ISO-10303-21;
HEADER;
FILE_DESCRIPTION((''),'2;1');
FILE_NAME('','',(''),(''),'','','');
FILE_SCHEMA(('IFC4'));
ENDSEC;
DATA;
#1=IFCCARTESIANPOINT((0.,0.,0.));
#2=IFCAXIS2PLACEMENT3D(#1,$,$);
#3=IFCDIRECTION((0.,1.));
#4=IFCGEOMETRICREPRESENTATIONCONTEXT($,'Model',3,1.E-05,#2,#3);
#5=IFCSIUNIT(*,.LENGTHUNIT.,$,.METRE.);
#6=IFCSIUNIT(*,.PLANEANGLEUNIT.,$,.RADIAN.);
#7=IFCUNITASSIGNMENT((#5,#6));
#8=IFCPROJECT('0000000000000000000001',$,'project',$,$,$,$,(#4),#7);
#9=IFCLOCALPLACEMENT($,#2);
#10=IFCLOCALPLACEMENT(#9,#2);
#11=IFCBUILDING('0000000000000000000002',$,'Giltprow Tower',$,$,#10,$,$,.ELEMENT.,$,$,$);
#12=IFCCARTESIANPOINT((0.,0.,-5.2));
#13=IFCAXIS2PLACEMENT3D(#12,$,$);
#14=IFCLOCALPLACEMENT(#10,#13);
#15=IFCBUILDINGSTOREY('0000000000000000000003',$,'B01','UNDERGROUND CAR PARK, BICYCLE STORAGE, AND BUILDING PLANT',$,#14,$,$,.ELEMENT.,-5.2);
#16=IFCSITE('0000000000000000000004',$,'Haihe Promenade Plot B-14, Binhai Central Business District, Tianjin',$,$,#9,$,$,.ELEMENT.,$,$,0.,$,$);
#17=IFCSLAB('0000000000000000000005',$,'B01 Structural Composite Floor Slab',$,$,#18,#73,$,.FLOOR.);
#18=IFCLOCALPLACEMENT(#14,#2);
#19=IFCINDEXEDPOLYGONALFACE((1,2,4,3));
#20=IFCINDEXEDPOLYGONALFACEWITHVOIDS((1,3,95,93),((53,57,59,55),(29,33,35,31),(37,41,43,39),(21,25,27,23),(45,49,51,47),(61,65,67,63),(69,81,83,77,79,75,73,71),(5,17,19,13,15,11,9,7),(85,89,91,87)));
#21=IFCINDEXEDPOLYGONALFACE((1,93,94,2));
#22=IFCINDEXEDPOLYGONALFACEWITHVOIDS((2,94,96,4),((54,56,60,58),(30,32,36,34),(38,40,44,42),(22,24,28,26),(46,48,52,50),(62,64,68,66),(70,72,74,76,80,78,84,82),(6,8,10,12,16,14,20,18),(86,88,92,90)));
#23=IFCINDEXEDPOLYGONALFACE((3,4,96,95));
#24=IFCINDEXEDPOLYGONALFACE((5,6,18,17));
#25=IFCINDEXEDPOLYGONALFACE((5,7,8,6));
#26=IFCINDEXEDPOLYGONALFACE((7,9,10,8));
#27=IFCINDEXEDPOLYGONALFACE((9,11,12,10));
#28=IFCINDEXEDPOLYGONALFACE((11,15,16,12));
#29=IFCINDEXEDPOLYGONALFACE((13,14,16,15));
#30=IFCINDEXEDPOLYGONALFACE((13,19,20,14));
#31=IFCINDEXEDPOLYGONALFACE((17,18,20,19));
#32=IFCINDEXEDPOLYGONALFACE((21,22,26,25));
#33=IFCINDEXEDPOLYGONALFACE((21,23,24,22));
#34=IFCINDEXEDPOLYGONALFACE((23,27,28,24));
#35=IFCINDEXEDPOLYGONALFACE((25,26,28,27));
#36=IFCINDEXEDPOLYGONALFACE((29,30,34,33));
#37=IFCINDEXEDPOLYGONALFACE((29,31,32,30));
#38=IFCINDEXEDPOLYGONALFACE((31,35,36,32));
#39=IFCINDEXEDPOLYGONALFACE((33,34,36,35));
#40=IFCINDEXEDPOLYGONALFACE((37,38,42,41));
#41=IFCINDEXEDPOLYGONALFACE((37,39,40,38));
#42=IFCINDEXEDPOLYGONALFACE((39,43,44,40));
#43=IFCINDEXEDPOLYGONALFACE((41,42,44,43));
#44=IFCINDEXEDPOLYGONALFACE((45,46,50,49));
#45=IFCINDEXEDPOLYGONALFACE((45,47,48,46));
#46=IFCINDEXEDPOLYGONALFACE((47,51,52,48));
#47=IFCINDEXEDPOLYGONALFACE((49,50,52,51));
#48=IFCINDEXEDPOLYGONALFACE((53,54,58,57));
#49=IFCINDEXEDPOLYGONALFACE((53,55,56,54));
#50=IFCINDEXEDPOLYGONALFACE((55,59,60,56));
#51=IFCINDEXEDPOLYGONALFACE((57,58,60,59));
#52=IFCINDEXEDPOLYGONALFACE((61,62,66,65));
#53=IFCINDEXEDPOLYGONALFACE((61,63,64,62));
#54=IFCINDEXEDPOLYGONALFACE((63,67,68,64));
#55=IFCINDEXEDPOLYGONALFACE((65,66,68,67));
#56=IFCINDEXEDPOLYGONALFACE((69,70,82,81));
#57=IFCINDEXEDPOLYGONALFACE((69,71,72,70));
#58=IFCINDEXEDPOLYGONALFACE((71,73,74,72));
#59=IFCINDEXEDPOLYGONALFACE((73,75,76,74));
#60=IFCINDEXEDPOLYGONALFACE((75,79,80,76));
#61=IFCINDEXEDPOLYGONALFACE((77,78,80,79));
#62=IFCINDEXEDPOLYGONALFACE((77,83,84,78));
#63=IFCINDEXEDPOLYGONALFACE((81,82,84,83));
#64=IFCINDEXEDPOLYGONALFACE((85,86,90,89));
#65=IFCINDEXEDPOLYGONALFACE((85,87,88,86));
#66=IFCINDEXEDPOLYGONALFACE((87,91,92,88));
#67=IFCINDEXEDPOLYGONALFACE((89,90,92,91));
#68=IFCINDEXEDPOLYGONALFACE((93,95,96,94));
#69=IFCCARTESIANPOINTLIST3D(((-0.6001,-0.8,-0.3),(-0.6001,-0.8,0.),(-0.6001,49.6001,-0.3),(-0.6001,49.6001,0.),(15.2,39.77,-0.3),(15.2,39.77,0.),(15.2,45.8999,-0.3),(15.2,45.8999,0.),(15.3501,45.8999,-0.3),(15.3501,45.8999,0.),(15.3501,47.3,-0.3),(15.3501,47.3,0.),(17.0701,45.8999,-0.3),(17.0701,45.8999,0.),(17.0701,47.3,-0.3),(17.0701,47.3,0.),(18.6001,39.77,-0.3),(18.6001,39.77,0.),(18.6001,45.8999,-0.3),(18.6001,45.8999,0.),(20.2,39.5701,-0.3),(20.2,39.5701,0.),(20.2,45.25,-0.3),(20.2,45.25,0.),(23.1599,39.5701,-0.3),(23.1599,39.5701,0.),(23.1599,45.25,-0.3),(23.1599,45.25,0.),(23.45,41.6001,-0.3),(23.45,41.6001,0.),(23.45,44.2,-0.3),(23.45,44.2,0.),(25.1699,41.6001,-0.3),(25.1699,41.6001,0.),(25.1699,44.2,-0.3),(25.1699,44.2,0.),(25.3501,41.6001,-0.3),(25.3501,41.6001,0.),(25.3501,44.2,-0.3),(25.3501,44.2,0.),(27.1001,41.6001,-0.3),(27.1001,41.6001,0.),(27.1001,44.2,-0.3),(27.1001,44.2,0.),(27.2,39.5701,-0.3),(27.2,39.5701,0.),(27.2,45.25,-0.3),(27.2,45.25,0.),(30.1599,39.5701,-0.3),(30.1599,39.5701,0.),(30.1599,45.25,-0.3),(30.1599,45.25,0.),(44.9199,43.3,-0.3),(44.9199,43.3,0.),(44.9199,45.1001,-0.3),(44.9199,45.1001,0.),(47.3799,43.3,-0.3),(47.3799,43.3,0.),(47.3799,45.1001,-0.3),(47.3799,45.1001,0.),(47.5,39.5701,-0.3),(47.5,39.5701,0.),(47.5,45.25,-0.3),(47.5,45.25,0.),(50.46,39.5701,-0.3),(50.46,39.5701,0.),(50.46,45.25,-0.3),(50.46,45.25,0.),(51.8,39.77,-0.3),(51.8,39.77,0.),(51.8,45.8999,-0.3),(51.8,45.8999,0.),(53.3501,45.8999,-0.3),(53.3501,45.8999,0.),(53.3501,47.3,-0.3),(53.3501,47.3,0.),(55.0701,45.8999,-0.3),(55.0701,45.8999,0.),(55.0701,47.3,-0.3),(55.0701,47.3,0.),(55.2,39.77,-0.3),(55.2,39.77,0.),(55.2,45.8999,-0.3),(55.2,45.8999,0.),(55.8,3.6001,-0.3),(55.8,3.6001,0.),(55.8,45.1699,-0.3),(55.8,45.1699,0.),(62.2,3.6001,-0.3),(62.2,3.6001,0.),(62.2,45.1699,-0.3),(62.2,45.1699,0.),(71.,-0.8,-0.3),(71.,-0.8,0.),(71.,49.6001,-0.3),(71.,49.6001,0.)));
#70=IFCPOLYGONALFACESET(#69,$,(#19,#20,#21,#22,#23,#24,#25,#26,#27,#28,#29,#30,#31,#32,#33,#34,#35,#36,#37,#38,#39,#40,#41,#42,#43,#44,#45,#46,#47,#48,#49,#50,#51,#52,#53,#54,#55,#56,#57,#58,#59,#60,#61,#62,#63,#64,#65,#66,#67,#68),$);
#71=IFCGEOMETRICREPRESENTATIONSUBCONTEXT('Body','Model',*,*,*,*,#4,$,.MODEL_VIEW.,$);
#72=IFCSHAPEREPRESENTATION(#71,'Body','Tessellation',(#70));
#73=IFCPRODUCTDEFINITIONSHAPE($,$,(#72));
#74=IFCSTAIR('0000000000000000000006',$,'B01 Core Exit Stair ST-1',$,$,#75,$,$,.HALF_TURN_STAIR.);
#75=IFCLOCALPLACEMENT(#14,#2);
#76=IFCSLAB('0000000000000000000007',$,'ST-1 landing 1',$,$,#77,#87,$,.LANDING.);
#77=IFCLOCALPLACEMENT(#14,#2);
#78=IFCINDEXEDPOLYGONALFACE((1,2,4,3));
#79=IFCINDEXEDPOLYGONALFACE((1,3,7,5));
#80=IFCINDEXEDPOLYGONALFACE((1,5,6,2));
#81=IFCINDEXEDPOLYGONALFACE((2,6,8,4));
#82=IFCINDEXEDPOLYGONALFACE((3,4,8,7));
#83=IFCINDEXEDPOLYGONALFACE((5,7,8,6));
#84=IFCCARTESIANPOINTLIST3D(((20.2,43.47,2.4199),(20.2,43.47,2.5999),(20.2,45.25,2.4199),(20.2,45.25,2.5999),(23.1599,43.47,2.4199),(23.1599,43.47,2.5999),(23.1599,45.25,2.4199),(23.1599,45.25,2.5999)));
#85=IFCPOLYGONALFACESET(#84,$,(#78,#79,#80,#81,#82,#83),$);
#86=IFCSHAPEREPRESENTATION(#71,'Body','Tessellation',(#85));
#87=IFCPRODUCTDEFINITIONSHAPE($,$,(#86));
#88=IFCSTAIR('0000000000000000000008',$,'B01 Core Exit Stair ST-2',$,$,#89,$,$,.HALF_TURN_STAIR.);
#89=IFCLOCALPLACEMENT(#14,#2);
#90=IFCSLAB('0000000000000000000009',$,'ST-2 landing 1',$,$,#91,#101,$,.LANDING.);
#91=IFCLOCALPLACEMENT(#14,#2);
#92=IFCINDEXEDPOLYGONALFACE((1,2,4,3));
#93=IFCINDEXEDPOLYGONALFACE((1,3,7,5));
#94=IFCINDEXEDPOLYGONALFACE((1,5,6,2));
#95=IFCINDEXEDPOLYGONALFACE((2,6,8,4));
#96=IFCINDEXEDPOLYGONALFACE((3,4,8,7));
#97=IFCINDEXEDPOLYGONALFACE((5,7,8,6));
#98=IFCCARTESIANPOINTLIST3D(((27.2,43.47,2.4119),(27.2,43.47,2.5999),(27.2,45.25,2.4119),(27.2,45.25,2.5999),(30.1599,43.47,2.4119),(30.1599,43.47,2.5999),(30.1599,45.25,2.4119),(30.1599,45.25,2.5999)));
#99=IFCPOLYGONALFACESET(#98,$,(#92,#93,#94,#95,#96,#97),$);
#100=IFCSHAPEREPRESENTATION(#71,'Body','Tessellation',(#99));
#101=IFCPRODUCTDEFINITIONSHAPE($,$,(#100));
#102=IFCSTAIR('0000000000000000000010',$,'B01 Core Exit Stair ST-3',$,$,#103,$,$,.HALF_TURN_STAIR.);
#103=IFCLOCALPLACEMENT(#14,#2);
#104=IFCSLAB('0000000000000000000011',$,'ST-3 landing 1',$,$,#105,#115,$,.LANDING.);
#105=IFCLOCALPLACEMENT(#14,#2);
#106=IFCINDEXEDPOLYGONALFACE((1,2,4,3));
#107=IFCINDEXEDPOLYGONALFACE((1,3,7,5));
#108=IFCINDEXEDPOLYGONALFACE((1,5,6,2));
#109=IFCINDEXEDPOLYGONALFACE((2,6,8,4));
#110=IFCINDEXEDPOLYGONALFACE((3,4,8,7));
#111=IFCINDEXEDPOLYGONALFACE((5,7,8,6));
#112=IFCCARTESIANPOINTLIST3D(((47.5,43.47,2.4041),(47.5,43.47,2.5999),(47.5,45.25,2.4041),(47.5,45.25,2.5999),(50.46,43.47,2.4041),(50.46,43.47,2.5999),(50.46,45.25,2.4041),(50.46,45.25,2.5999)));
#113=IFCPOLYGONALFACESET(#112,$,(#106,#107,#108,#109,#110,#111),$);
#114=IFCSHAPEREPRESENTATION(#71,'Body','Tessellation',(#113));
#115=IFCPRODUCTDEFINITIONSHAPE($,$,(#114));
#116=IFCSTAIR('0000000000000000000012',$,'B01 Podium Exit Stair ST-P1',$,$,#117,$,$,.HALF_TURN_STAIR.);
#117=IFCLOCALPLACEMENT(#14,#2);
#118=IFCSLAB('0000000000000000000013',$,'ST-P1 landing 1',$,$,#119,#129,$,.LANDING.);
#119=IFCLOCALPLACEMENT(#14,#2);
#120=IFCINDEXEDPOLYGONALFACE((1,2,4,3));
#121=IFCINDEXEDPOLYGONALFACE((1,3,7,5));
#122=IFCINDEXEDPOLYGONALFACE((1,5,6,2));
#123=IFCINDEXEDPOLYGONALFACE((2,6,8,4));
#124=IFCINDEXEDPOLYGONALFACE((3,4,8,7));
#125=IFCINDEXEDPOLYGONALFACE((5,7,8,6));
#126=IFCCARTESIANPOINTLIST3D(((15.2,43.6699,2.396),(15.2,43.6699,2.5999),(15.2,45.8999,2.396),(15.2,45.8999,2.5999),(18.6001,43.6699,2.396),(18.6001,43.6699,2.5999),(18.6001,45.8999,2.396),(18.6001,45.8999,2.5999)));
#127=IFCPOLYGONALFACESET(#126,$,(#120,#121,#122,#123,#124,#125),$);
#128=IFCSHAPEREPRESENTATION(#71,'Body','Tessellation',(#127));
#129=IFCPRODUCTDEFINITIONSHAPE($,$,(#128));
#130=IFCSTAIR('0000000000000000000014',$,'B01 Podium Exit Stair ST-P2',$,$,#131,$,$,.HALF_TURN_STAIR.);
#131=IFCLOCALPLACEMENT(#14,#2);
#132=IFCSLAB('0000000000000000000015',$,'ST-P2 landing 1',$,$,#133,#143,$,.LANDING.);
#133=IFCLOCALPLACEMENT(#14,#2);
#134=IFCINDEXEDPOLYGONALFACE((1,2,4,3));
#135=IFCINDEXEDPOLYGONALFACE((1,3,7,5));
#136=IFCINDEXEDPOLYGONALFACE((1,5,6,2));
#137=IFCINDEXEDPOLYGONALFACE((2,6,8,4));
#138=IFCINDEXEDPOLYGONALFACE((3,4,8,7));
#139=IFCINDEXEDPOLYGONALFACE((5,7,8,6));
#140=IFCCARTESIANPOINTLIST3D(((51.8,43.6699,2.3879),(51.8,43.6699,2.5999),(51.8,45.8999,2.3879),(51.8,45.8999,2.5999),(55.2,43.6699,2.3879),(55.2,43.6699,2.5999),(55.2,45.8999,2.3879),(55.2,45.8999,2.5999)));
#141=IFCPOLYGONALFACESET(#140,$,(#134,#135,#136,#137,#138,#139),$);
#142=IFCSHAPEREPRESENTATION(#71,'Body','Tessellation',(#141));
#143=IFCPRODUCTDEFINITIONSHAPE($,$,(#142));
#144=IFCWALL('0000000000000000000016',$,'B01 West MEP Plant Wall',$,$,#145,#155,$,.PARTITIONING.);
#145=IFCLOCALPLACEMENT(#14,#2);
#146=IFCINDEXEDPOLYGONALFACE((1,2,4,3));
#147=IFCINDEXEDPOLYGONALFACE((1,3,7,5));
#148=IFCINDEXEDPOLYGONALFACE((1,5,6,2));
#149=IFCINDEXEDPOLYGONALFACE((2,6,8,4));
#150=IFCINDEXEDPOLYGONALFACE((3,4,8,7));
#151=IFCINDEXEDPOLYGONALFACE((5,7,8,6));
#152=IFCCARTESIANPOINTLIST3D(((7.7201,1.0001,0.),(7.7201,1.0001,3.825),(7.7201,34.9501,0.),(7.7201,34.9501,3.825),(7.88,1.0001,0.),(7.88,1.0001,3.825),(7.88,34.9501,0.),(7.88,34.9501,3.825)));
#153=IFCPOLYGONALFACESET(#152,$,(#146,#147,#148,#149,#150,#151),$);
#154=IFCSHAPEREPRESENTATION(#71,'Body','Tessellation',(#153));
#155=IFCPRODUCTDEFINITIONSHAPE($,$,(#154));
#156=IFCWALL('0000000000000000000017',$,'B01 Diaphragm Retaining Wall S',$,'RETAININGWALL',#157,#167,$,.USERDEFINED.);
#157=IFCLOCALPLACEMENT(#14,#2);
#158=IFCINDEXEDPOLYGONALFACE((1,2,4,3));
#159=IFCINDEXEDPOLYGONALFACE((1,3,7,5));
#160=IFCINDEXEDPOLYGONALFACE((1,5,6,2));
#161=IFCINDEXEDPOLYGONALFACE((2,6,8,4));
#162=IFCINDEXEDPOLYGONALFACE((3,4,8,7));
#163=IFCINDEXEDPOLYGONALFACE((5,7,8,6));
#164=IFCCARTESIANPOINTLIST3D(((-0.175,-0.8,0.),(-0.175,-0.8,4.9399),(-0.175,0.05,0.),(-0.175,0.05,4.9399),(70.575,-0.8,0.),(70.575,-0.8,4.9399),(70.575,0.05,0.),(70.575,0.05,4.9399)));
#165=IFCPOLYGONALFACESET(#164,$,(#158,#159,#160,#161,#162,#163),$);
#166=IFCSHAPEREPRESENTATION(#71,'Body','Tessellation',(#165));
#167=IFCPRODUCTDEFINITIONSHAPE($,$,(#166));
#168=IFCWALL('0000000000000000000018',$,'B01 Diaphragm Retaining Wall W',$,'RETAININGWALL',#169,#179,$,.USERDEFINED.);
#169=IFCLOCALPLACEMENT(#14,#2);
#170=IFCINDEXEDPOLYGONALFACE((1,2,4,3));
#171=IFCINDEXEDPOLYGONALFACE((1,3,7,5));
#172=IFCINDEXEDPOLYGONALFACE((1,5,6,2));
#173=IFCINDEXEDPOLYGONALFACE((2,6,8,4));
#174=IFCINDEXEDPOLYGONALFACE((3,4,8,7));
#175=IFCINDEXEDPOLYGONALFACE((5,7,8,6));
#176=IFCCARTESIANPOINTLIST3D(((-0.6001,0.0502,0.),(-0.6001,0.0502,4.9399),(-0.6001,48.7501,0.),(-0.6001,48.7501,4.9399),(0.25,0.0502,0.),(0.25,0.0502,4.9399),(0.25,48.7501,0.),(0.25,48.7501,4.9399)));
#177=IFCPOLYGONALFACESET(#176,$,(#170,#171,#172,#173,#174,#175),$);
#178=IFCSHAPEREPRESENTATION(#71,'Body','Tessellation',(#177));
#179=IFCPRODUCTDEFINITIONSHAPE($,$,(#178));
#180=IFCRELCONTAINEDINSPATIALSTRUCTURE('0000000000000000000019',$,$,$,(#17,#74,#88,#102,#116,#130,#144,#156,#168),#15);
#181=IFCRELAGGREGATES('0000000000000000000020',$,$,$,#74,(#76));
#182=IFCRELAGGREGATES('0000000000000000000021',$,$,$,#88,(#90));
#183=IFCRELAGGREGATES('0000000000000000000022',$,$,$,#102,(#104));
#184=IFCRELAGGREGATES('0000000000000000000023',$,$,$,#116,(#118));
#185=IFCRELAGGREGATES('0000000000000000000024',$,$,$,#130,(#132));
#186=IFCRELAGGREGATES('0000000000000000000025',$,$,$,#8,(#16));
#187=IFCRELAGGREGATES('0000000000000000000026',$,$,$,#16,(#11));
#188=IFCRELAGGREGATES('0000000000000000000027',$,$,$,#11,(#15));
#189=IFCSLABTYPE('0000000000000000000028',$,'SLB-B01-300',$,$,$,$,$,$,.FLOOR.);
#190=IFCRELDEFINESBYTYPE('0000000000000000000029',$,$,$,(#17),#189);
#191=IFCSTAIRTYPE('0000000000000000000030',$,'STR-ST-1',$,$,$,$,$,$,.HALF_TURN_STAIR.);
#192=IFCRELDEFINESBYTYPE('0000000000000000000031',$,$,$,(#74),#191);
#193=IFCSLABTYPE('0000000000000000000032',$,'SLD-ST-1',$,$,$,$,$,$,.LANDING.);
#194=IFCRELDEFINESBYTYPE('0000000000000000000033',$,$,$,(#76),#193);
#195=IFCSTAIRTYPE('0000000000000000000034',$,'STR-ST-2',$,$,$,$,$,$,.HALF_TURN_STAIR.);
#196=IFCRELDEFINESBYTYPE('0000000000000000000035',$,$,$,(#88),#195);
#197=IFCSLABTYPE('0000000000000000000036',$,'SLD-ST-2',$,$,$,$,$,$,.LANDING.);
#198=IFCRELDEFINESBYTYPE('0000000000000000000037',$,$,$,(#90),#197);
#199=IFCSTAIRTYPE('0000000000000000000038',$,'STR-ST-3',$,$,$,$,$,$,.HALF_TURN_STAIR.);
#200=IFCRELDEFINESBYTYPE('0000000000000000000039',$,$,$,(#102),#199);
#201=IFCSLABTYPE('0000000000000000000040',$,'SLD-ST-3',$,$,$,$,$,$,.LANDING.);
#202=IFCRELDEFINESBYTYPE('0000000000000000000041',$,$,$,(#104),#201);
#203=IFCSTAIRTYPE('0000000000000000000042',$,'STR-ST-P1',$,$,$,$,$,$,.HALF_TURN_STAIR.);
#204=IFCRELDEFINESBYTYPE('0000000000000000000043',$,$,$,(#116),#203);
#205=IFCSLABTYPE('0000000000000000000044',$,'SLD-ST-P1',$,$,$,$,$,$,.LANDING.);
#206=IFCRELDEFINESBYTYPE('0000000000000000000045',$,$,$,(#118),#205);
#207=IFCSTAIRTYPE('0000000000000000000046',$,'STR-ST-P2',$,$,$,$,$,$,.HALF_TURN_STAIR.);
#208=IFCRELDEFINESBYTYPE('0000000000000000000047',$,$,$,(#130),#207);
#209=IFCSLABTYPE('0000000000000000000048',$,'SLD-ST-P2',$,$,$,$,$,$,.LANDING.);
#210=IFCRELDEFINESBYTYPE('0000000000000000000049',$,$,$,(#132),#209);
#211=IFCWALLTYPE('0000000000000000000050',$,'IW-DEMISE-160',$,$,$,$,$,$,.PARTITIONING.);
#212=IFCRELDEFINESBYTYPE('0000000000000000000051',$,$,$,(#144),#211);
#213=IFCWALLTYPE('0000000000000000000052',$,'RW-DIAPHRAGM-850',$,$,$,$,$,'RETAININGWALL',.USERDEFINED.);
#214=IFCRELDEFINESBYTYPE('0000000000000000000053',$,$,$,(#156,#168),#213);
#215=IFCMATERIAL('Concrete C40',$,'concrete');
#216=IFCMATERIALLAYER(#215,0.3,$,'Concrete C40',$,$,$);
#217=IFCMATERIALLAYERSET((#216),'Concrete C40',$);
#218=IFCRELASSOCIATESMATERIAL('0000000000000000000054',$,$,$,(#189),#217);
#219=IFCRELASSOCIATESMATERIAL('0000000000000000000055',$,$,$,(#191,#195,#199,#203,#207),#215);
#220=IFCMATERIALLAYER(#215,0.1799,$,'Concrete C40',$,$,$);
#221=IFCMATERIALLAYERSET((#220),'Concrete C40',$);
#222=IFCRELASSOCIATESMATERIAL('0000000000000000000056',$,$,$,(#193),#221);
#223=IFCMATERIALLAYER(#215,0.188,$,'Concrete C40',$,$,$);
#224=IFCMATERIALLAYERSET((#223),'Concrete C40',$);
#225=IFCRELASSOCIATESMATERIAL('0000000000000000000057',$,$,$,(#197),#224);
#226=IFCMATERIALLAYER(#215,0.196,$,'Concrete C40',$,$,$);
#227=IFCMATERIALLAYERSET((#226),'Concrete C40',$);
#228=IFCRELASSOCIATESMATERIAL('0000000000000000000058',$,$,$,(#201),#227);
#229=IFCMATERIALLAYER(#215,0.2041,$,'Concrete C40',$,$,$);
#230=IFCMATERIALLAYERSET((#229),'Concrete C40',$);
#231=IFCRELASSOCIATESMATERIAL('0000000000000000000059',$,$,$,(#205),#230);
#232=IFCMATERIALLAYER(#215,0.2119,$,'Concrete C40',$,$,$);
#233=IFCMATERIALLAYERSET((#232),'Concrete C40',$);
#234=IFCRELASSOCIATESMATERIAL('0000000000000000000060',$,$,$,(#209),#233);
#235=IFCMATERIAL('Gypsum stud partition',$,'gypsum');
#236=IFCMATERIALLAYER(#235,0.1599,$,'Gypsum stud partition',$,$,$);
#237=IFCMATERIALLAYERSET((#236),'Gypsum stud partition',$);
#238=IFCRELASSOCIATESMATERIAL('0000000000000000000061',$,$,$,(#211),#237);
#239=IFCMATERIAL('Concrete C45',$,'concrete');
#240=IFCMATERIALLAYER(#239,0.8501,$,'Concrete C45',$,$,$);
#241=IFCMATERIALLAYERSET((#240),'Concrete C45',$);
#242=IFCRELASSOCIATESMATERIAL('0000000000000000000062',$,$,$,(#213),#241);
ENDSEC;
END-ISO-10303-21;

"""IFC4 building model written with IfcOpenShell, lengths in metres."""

from ifc_helpers import new_model, si_unit, direction, frame, frame_2d, origin, place, context, subcontext, project, spatial, polyline, rectangle, outline, extrude, material, layer, layer_set, type_object, element, aggregate, save


model = new_model("IFC4")

# Units and contexts
model_context = context("Model", 3, precision=1e-05, world=origin(), true_north=direction((0.0, 1.0)))
body_context = subcontext(model_context, "Body", "Model", "MODEL_VIEW")
ifc_project = project(units=[si_unit("LENGTHUNIT", "METRE"), si_unit("PLANEANGLEUNIT", "RADIAN")], contexts=[model_context])

# Site, building, storey
site_placement = place(None, origin())
site = spatial("IfcSite", under=ifc_project, at=site_placement, Name="Haihe Promenade Plot B-14, Binhai Central Business District, Tianjin", CompositionType="ELEMENT", RefElevation=0.0)
building_placement = place(site_placement, origin())
building = spatial("IfcBuilding", under=site, at=building_placement, Name="Giltprow Tower", CompositionType="ELEMENT")
storey_placement = place(building_placement, frame((0.0, 0.0, -5.2)))
storey = spatial("IfcBuildingStorey", under=building, at=storey_placement, Name="B01", Description="UNDERGROUND CAR PARK, BICYCLE STORAGE, AND BUILDING PLANT", CompositionType="ELEMENT", Elevation=-5.2)

# Shared definitions
ifc_material_1 = material(Name="Concrete C45", Category="concrete")

# Slab
ifc_material_2 = material(Name="Concrete C40", Category="concrete")
ifc_layer_1 = layer(ifc_material_2, 0.3, Name="Concrete C40")
ifc_layer_set_1 = layer_set([ifc_layer_1], Name="Concrete C40")
slab_type_1 = type_object("IfcSlabType", Name="SLB-B01-300", PredefinedType="FLOOR", material=ifc_layer_set_1)
slab_1_placement = place(storey_placement, frame((0.0, 0.0, -0.3)))
element("IfcSlab", 1, at=slab_1_placement, inside=storey, type_object=slab_type_1, Name="B01 Structural Composite Floor Slab", PredefinedType="FLOOR", context=body_context, shape_type="SweptSolid", body=[
    extrude(outline(polyline([(-0.6001, 49.6001), (71.0, 49.6001), (71.0, -0.8), (-0.6001, -0.8), (-0.6001, 49.6001)]), holes=[polyline([(23.1599, 45.25), (20.2, 45.25), (20.2, 39.5701), (23.1599, 39.5701), (23.1599, 45.25)]), polyline([(30.1599, 45.25), (27.2, 45.25), (27.2, 39.5701), (30.1599, 39.5701), (30.1599, 45.25)]), polyline([(18.6001, 45.8999), (17.0701, 45.8999), (17.0701, 47.3), (15.3501, 47.3), (15.3501, 45.8999), (15.2, 45.8999), (15.2, 39.77), (18.6001, 39.77), (18.6001, 45.8999)]), polyline([(25.1699, 41.6001), (25.1699, 44.2), (23.45, 44.2), (23.45, 41.6001), (25.1699, 41.6001)]), polyline([(27.1001, 41.6001), (27.1001, 44.2), (25.3501, 44.2), (25.3501, 41.6001), (27.1001, 41.6001)]), polyline([(62.2, 3.6001), (62.2, 45.1699), (55.8, 45.1699), (55.8, 3.6001), (62.2, 3.6001)]), polyline([(50.46, 39.5701), (50.46, 45.25), (47.5, 45.25), (47.5, 39.5701), (50.46, 39.5701)]), polyline([(55.2, 39.77), (55.2, 45.8999), (55.0701, 45.8999), (55.0701, 47.3), (53.3501, 47.3), (53.3501, 45.8999), (51.8, 45.8999), (51.8, 39.77), (55.2, 39.77)]), polyline([(47.3799, 43.3), (47.3799, 45.1001), (44.9199, 45.1001), (44.9199, 43.3), (47.3799, 43.3)])]), origin(), (0.0, 0.0, 1.0), 0.3),
])

# Stairs, slabs
stair_type_1 = type_object("IfcStairType", Name="STR-ST-1", PredefinedType="HALF_TURN_STAIR", material=ifc_material_2)
stair_1_placement = place(storey_placement, origin())
stair_1 = element("IfcStair", 2, at=stair_1_placement, inside=storey, type_object=stair_type_1, Name="B01 Core Exit Stair ST-1", PredefinedType="HALF_TURN_STAIR")
ifc_layer_2 = layer(ifc_material_2, 0.1799, Name="Concrete C40")
ifc_layer_set_2 = layer_set([ifc_layer_2], Name="Concrete C40")
slab_type_2 = type_object("IfcSlabType", Name="SLD-ST-1", PredefinedType="LANDING", material=ifc_layer_set_2)
slab_2_placement = place(storey_placement, frame((0.0, 0.0, 2.4199)))
slab_2 = element("IfcSlab", 3, at=slab_2_placement, type_object=slab_type_2, Name="ST-1 landing 1", PredefinedType="LANDING", context=body_context, shape_type="SweptSolid", body=[
    extrude(outline(polyline([(23.1599, 43.47), (23.1599, 45.25), (20.2, 45.25), (20.2, 43.47), (23.1599, 43.47)])), origin(), (0.0, 0.0, 1.0), 0.1799),
])
aggregate(stair_1, [slab_2])
stair_type_2 = type_object("IfcStairType", Name="STR-ST-2", PredefinedType="HALF_TURN_STAIR", material=ifc_material_2)
stair_2_placement = place(storey_placement, origin())
stair_2 = element("IfcStair", 4, at=stair_2_placement, inside=storey, type_object=stair_type_2, Name="B01 Core Exit Stair ST-2", PredefinedType="HALF_TURN_STAIR")
ifc_layer_3 = layer(ifc_material_2, 0.188, Name="Concrete C40")
ifc_layer_set_3 = layer_set([ifc_layer_3], Name="Concrete C40")
slab_type_3 = type_object("IfcSlabType", Name="SLD-ST-2", PredefinedType="LANDING", material=ifc_layer_set_3)
slab_3_placement = place(storey_placement, frame((0.0, 0.0, 2.4119)))
slab_3 = element("IfcSlab", 5, at=slab_3_placement, type_object=slab_type_3, Name="ST-2 landing 1", PredefinedType="LANDING", context=body_context, shape_type="SweptSolid", body=[
    extrude(outline(polyline([(30.1599, 43.47), (30.1599, 45.25), (27.2, 45.25), (27.2, 43.47), (30.1599, 43.47)])), origin(), (0.0, 0.0, 1.0), 0.188),
])
aggregate(stair_2, [slab_3])
stair_type_3 = type_object("IfcStairType", Name="STR-ST-3", PredefinedType="HALF_TURN_STAIR", material=ifc_material_2)
stair_3_placement = place(storey_placement, origin())
stair_3 = element("IfcStair", 6, at=stair_3_placement, inside=storey, type_object=stair_type_3, Name="B01 Core Exit Stair ST-3", PredefinedType="HALF_TURN_STAIR")
ifc_layer_4 = layer(ifc_material_2, 0.196, Name="Concrete C40")
ifc_layer_set_4 = layer_set([ifc_layer_4], Name="Concrete C40")
slab_type_4 = type_object("IfcSlabType", Name="SLD-ST-3", PredefinedType="LANDING", material=ifc_layer_set_4)
slab_4_placement = place(storey_placement, frame((0.0, 0.0, 2.4041)))
slab_4 = element("IfcSlab", 7, at=slab_4_placement, type_object=slab_type_4, Name="ST-3 landing 1", PredefinedType="LANDING", context=body_context, shape_type="SweptSolid", body=[
    extrude(outline(polyline([(50.46, 43.47), (50.46, 45.25), (47.5, 45.25), (47.5, 43.47), (50.46, 43.47)])), origin(), (0.0, 0.0, 1.0), 0.1958),
])
aggregate(stair_3, [slab_4])
stair_type_4 = type_object("IfcStairType", Name="STR-ST-P1", PredefinedType="HALF_TURN_STAIR", material=ifc_material_2)
stair_4_placement = place(storey_placement, origin())
stair_4 = element("IfcStair", 8, at=stair_4_placement, inside=storey, type_object=stair_type_4, Name="B01 Podium Exit Stair ST-P1", PredefinedType="HALF_TURN_STAIR")
ifc_layer_5 = layer(ifc_material_2, 0.2041, Name="Concrete C40")
ifc_layer_set_5 = layer_set([ifc_layer_5], Name="Concrete C40")
slab_type_5 = type_object("IfcSlabType", Name="SLD-ST-P1", PredefinedType="LANDING", material=ifc_layer_set_5)
slab_5_placement = place(storey_placement, frame((0.0, 0.0, 2.396)))
slab_5 = element("IfcSlab", 9, at=slab_5_placement, type_object=slab_type_5, Name="ST-P1 landing 1", PredefinedType="LANDING", context=body_context, shape_type="SweptSolid", body=[
    extrude(outline(polyline([(18.6001, 43.6699), (18.6001, 45.8999), (15.2, 45.8999), (15.2, 43.6699), (18.6001, 43.6699)])), origin(), (0.0, 0.0, 1.0), 0.2039),
])
aggregate(stair_4, [slab_5])
stair_type_5 = type_object("IfcStairType", Name="STR-ST-P2", PredefinedType="HALF_TURN_STAIR", material=ifc_material_2)
stair_5_placement = place(storey_placement, origin())
stair_5 = element("IfcStair", 10, at=stair_5_placement, inside=storey, type_object=stair_type_5, Name="B01 Podium Exit Stair ST-P2", PredefinedType="HALF_TURN_STAIR")
ifc_layer_6 = layer(ifc_material_2, 0.2119, Name="Concrete C40")
ifc_layer_set_6 = layer_set([ifc_layer_6], Name="Concrete C40")
slab_type_6 = type_object("IfcSlabType", Name="SLD-ST-P2", PredefinedType="LANDING", material=ifc_layer_set_6)
slab_6_placement = place(storey_placement, frame((0.0, 0.0, 2.3879)))
slab_6 = element("IfcSlab", 11, at=slab_6_placement, type_object=slab_type_6, Name="ST-P2 landing 1", PredefinedType="LANDING", context=body_context, shape_type="SweptSolid", body=[
    extrude(outline(polyline([(55.2, 43.6699), (55.2, 45.8999), (51.8, 45.8999), (51.8, 43.6699), (55.2, 43.6699)])), origin(), (0.0, 0.0, 1.0), 0.2119),
])
aggregate(stair_5, [slab_6])

# Walls
ifc_material_3 = material(Name="Gypsum stud partition", Category="gypsum")
ifc_layer_7 = layer(ifc_material_3, 0.1599, Name="Gypsum stud partition")
ifc_layer_set_7 = layer_set([ifc_layer_7], Name="Gypsum stud partition")
wall_type_1 = type_object("IfcWallType", Name="IW-DEMISE-160", PredefinedType="PARTITIONING", material=ifc_layer_set_7)
wall_1_placement = place(storey_placement, frame((7.8, 1.0, 0.0), z_axis=(0.0, 0.0, 1.0), x_axis=(0.0, 1.0, 0.0)))
element("IfcWall", 12, at=wall_1_placement, inside=storey, type_object=wall_type_1, Name="B01 West MEP Plant Wall", PredefinedType="PARTITIONING", context=body_context, shape_type="SweptSolid", body=[
    extrude(rectangle(XDim=33.95, YDim=0.1599, at=frame_2d((16.9751, 0.0))), origin(), (0.0, 0.0, 1.0), 3.825),
])
ifc_layer_8 = layer(ifc_material_1, 0.8501, Name="Concrete C45")
ifc_layer_set_8 = layer_set([ifc_layer_8], Name="Concrete C45")
wall_type_2 = type_object("IfcWallType", Name="RW-DIAPHRAGM-850", ElementType="RETAININGWALL", PredefinedType="USERDEFINED", material=ifc_layer_set_8)
wall_2_placement = place(storey_placement, frame((-0.175, -0.375, 0.0), z_axis=(0.0, 0.0, 1.0), x_axis=(1.0, 0.0, 0.0)))
element("IfcWall", 13, at=wall_2_placement, inside=storey, type_object=wall_type_2, Name="B01 Diaphragm Retaining Wall S", ObjectType="RETAININGWALL", PredefinedType="USERDEFINED", context=body_context, shape_type="SweptSolid", body=[
    extrude(rectangle(XDim=70.75, YDim=0.8501, at=frame_2d((35.375, 0.0))), origin(), (0.0, 0.0, 1.0), 4.9399),
])
wall_3_placement = place(storey_placement, frame((-0.175, 0.05, 0.0), z_axis=(0.0, 0.0, 1.0), x_axis=(0.0, 1.0, 0.0)))
element("IfcWall", 14, at=wall_3_placement, inside=storey, type_object=wall_type_2, Name="B01 Diaphragm Retaining Wall W", ObjectType="RETAININGWALL", PredefinedType="USERDEFINED", context=body_context, shape_type="SweptSolid", body=[
    extrude(rectangle(XDim=48.7, YDim=0.8501, at=frame_2d((24.3501, 0.0))), origin(), (0.0, 0.0, 1.0), 4.9399),
])

save(model, "model.ifc")
